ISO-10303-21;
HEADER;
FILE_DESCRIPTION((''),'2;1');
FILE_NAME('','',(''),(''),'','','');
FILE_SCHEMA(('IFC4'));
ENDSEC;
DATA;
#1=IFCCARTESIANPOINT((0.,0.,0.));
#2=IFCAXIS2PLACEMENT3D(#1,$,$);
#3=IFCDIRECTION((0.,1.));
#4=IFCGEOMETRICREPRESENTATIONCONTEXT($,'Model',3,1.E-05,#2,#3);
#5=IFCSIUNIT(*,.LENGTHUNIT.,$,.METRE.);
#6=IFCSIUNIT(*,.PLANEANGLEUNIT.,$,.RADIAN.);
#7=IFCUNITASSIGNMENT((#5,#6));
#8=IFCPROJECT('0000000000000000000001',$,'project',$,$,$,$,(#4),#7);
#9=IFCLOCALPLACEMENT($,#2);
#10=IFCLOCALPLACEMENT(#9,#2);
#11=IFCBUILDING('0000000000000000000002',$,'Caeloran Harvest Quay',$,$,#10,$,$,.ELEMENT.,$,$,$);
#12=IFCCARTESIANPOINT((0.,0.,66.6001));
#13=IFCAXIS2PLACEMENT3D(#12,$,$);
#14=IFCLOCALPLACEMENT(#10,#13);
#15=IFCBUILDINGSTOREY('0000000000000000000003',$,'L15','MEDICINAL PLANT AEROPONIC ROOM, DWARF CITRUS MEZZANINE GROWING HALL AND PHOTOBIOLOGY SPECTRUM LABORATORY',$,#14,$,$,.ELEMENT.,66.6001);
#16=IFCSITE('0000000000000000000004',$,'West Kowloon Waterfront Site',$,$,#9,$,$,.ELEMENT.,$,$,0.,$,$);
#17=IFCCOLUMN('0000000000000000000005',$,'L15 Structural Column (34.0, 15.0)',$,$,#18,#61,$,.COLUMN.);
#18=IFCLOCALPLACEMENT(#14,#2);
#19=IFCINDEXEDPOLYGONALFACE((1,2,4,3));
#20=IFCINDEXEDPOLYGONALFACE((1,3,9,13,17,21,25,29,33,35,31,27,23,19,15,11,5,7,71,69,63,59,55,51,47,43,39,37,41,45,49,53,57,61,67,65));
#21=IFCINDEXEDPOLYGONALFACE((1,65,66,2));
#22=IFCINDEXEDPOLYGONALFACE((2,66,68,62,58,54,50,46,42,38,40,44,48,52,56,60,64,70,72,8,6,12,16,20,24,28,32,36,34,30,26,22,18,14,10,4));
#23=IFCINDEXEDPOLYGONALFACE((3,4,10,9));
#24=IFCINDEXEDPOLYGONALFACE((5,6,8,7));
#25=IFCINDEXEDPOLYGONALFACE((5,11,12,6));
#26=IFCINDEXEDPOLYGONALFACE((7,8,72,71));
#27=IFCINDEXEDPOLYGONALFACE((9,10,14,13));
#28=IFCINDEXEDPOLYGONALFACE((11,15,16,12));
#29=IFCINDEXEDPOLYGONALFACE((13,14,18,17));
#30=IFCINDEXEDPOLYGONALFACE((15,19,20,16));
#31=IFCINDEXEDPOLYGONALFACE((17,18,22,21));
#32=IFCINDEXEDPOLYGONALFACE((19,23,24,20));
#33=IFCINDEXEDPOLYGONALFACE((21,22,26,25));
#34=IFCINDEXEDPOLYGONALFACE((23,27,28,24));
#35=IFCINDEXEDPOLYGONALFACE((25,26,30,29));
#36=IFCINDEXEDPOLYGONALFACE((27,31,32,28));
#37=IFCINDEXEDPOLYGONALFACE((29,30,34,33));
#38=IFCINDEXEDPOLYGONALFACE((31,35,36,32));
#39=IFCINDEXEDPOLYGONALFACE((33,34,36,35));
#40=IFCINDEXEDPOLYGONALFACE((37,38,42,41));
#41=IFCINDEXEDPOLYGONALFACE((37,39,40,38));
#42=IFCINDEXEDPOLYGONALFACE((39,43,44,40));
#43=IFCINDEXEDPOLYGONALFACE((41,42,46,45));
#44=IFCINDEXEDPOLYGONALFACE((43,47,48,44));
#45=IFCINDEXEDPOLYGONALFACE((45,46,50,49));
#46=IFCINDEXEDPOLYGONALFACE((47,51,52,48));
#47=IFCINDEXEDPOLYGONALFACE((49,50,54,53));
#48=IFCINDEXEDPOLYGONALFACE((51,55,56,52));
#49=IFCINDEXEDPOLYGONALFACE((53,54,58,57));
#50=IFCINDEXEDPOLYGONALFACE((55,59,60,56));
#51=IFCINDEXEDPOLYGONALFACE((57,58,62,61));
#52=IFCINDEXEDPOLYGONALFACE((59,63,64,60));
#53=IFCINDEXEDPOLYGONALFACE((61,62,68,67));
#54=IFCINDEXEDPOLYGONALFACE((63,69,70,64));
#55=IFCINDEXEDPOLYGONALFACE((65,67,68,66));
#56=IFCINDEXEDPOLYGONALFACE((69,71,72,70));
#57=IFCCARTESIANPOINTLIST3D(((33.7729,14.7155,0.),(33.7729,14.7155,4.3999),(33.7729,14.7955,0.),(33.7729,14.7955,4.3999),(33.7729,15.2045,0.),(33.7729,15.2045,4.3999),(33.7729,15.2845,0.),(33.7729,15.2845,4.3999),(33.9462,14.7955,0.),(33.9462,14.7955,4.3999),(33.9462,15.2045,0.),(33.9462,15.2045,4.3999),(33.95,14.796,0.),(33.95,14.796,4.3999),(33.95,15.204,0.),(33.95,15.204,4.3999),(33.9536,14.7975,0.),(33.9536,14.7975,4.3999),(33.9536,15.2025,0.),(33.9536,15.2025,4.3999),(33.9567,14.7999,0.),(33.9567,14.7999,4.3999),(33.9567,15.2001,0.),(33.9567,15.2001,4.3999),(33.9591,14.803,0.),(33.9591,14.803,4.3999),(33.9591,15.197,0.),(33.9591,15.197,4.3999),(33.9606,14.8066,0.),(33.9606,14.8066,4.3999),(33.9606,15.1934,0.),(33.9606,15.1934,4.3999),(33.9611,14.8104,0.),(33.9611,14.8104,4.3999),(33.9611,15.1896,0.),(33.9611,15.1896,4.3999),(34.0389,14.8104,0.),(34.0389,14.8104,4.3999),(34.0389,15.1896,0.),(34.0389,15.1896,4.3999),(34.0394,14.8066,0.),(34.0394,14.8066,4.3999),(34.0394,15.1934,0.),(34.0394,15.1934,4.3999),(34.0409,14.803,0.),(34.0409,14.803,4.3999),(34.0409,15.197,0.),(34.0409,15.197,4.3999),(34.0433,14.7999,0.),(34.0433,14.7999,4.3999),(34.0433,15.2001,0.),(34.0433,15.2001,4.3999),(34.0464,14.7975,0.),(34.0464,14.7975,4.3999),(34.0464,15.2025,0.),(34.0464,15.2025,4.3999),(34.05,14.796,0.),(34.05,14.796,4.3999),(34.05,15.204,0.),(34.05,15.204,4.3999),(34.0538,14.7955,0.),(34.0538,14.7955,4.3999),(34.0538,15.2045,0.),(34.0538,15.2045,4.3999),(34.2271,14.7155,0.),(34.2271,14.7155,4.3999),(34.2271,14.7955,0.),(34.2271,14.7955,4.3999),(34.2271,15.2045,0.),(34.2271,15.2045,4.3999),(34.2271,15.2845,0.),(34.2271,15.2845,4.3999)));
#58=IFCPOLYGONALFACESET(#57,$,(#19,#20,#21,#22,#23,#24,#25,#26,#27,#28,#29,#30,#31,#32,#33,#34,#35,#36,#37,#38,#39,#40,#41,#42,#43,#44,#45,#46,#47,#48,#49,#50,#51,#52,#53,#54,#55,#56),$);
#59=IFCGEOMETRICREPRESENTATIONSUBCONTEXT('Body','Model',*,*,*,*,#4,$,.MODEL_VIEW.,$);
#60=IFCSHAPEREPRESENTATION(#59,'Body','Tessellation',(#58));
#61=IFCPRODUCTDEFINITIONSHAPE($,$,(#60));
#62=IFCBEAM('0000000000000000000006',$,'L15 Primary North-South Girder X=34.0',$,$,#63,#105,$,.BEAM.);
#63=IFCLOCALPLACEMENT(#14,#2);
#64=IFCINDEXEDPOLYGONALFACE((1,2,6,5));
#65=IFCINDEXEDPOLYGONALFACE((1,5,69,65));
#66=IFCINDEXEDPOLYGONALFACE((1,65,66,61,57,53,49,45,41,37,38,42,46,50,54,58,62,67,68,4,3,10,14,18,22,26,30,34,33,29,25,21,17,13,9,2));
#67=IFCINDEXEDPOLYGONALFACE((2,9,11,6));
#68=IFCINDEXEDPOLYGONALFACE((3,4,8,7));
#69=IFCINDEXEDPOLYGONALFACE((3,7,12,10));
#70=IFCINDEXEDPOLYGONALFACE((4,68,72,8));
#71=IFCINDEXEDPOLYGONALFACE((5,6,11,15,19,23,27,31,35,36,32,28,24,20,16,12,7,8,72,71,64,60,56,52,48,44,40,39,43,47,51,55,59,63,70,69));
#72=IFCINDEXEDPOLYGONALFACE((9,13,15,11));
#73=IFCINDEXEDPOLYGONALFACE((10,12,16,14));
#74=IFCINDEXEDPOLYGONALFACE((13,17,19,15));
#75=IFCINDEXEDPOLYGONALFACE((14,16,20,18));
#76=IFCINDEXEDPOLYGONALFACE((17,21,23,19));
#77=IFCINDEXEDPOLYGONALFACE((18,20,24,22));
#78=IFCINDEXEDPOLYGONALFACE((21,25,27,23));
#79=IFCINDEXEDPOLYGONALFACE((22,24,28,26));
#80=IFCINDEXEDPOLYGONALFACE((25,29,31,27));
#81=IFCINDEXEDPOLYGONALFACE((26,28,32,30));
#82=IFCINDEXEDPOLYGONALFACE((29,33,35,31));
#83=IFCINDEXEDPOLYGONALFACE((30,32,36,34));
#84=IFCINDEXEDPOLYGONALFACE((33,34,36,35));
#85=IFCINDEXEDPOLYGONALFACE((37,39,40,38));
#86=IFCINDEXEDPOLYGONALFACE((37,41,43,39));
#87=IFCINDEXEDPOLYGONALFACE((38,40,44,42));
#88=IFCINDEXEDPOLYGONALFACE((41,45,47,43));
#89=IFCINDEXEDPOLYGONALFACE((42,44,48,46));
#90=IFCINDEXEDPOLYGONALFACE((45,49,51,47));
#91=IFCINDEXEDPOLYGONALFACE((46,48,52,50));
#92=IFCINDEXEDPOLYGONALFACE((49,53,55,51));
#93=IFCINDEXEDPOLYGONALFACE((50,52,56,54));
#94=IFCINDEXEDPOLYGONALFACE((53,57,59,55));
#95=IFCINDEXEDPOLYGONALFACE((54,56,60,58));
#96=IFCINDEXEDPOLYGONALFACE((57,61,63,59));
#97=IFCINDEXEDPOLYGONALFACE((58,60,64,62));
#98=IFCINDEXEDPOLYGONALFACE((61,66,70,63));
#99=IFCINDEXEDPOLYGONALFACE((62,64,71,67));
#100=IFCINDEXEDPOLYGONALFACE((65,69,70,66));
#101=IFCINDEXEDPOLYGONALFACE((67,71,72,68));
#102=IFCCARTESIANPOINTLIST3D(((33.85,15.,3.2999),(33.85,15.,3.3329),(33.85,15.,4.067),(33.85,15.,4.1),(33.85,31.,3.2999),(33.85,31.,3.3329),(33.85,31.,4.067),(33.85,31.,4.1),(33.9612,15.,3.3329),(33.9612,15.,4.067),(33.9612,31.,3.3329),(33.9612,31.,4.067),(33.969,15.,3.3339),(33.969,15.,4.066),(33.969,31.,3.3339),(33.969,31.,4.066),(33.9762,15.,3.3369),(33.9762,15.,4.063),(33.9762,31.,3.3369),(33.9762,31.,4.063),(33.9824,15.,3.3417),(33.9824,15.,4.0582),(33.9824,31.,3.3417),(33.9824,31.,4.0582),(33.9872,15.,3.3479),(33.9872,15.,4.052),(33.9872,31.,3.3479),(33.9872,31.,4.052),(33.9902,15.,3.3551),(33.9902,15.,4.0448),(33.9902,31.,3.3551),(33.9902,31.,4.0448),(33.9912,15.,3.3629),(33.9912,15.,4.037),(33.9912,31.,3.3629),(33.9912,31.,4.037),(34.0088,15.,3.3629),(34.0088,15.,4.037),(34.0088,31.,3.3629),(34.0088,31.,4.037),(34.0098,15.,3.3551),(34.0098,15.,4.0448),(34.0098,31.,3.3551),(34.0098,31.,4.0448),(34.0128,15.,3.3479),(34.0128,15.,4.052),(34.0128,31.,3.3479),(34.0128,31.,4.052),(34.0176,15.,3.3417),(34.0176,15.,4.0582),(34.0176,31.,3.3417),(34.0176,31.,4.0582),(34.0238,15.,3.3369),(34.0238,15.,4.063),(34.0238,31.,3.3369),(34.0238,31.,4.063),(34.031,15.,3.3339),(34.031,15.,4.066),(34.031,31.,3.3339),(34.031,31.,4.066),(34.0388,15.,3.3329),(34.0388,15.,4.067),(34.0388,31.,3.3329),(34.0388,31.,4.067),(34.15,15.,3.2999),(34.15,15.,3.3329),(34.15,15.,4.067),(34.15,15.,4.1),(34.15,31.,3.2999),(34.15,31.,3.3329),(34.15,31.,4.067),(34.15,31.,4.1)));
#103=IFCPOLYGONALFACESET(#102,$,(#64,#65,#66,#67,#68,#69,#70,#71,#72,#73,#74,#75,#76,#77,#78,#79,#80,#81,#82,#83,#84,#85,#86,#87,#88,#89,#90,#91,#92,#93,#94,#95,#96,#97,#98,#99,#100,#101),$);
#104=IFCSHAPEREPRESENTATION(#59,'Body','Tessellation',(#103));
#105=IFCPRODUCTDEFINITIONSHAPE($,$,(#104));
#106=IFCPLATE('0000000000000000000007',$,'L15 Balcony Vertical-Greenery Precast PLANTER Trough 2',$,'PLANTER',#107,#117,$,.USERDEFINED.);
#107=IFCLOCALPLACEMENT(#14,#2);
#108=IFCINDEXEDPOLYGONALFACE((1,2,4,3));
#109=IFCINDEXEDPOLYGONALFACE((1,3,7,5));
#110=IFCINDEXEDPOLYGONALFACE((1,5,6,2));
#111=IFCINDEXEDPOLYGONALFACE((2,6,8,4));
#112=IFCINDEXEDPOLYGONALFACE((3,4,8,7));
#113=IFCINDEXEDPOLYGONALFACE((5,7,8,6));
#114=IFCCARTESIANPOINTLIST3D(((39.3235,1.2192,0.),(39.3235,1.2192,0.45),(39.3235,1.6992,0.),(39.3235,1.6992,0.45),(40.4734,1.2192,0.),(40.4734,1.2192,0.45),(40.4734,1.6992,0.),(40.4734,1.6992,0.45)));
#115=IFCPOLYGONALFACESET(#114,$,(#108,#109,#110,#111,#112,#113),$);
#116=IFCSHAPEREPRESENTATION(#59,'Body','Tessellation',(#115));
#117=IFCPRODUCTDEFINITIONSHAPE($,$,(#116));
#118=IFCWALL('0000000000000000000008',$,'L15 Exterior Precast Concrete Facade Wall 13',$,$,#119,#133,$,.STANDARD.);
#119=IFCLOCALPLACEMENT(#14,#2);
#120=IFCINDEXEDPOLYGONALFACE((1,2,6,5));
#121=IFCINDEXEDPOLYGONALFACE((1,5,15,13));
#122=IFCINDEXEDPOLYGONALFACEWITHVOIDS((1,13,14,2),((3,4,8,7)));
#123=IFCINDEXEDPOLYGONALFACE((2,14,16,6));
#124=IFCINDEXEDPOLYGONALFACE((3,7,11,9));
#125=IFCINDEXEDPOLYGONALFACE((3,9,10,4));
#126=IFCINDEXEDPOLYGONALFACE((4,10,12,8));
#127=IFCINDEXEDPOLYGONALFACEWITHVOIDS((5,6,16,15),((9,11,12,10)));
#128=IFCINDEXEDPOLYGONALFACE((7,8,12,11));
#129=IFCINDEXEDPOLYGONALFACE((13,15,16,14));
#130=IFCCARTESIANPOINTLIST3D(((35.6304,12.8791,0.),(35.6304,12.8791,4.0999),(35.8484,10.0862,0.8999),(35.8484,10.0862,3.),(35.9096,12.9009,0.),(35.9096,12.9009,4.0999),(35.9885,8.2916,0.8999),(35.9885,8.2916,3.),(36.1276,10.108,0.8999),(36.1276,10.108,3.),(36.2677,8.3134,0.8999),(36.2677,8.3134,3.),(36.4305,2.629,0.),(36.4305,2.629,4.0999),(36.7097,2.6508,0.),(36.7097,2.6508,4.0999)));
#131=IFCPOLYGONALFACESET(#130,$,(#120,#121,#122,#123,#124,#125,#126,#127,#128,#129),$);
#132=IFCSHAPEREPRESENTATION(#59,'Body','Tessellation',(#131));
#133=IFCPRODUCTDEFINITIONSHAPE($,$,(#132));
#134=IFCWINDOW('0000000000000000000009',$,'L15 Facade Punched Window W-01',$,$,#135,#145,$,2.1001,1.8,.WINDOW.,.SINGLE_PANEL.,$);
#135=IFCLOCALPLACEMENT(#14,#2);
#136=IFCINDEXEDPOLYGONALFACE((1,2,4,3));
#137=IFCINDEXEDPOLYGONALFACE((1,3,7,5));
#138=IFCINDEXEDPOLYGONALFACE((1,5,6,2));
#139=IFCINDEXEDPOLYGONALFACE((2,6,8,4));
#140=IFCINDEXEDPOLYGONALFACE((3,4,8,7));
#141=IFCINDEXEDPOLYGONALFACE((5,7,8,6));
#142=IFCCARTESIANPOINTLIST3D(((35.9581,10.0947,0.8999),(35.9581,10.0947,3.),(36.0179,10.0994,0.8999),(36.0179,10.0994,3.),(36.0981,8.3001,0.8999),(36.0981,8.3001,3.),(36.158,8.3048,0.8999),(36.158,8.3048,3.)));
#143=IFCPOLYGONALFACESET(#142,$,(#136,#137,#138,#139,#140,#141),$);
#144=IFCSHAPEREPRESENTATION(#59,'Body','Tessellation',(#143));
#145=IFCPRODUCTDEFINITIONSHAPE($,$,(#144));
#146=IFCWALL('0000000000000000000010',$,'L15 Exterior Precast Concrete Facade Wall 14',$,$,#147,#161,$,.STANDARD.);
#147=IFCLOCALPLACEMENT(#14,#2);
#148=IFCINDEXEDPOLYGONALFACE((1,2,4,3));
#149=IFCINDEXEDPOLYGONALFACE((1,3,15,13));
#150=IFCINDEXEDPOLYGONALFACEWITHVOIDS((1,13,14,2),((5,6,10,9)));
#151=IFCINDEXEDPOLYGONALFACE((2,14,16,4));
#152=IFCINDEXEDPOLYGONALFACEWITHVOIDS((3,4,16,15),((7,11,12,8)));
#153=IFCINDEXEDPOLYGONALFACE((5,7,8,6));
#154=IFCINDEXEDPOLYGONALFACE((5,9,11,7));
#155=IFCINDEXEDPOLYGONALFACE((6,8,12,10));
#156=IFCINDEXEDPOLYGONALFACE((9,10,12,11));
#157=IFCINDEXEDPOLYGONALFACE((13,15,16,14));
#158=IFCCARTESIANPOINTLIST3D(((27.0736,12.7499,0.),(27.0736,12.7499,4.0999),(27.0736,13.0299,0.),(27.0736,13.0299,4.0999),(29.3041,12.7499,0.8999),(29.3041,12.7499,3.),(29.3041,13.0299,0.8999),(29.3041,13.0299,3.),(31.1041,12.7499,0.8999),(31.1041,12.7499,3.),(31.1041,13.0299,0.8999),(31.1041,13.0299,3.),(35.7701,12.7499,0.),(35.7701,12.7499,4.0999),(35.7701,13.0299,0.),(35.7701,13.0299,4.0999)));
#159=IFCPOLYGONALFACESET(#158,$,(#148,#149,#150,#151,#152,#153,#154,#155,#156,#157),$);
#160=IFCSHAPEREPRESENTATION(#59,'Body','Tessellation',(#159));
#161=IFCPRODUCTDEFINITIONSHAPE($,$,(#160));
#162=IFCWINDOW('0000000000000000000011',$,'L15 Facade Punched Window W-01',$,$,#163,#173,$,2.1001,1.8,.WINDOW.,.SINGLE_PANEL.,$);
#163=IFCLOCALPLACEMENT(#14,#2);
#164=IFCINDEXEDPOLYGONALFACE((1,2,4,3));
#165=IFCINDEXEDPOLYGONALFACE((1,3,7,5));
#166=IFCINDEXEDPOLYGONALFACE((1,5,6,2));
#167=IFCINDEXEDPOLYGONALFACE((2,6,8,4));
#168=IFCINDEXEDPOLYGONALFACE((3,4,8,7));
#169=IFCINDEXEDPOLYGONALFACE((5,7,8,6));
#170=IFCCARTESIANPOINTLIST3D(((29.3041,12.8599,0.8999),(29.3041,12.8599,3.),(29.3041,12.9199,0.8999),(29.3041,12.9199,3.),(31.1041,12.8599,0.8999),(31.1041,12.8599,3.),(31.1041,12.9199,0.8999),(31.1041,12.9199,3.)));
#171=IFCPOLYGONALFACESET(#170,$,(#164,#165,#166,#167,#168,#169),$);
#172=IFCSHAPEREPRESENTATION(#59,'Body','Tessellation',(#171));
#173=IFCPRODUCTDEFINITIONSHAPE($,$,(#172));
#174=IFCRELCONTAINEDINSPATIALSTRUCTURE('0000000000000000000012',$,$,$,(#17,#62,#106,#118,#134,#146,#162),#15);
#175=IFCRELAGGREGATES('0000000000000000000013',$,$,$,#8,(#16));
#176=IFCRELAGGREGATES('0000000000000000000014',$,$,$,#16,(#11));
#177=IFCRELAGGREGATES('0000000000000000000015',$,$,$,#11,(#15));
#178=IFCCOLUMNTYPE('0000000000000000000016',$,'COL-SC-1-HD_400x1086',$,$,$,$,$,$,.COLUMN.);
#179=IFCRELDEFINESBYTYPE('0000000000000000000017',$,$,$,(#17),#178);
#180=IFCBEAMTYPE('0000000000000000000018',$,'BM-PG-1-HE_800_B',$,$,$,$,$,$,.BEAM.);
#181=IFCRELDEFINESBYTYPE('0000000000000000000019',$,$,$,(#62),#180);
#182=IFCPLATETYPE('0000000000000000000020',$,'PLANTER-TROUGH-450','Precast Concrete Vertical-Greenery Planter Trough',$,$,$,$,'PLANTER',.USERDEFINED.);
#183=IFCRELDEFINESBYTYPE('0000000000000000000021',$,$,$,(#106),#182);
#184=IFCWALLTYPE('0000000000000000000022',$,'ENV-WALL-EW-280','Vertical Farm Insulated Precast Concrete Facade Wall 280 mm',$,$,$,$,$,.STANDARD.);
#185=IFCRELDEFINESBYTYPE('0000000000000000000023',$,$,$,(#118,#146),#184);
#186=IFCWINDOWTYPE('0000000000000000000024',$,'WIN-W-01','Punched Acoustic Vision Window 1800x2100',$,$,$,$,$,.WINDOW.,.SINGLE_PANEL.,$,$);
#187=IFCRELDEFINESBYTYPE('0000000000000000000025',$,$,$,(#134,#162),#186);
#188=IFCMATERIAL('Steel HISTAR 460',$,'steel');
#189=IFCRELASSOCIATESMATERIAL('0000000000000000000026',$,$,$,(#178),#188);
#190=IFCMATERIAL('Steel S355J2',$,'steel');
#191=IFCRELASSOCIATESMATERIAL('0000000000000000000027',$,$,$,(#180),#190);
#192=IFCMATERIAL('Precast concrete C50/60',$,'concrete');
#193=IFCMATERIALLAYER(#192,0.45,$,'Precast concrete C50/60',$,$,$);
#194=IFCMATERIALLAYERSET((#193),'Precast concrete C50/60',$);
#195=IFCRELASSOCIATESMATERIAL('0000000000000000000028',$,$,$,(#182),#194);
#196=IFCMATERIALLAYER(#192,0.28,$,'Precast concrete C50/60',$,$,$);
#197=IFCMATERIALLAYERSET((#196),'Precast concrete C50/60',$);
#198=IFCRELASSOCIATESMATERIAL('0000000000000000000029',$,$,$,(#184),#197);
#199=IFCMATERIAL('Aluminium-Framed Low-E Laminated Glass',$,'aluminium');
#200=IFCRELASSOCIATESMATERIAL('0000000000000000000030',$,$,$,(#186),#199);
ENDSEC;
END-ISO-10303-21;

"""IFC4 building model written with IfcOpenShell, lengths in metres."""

from ifc_helpers import new_model, si_unit, direction, frame, frame_2d, origin, origin_2d, place, context, subcontext, project, spatial, rectangle, i_section, extrude, material, layer, layer_set, material_profile, profile_set, type_object, element, fill, save


model = new_model("IFC4")

# Units and contexts
model_context = context("Model", 3, precision=1e-05, world=origin(), true_north=direction((0.0, 1.0)))
body_context = subcontext(model_context, "Body", "Model", "MODEL_VIEW")
ifc_project = project(units=[si_unit("LENGTHUNIT", "METRE"), si_unit("PLANEANGLEUNIT", "RADIAN")], contexts=[model_context])

# Site, building, storey
site_placement = place(None, origin())
site = spatial("IfcSite", under=ifc_project, at=site_placement, Name="West Kowloon Waterfront Site", CompositionType="ELEMENT", RefElevation=0.0)
building_placement = place(site_placement, origin())
building = spatial("IfcBuilding", under=site, at=building_placement, Name="Caeloran Harvest Quay", CompositionType="ELEMENT")
storey_placement = place(building_placement, frame((0.0, 0.0, 66.6001)))
storey = spatial("IfcBuildingStorey", under=building, at=storey_placement, Name="L15", Description="MEDICINAL PLANT AEROPONIC ROOM, DWARF CITRUS MEZZANINE GROWING HALL AND PHOTOBIOLOGY SPECTRUM LABORATORY", CompositionType="ELEMENT", Elevation=66.6001)

# Column
ifc_material_1 = material(Name="Steel HISTAR 460", Category="steel")
ifc_material_profile_1 = material_profile(ifc_material_1, i_section(OverallWidth=0.4541, OverallDepth=0.5691, WebThickness=0.0779, FlangeThickness=0.0801, FilletRadius=0.0149, at=origin_2d()), Name="HD 400x1086")
ifc_profile_set_1 = profile_set([ifc_material_profile_1], Name="Steel HISTAR 460")
column_type = type_object("IfcColumnType", Name="COL-SC-1-HD_400x1086", PredefinedType="COLUMN", material=ifc_profile_set_1)
column_placement = place(storey_placement, frame((34.0, 15.0, 0.0), z_axis=(0.0, 0.0, 1.0), x_axis=(1.0, 0.0, 0.0)))
element("IfcColumn", 1, at=column_placement, inside=storey, type_object=column_type, Name="L15 Structural Column (34.0, 15.0)", PredefinedType="COLUMN", context=body_context, shape_type="SweptSolid", body=[
    extrude(i_section(OverallWidth=0.4541, OverallDepth=0.5691, WebThickness=0.0779, FlangeThickness=0.0801, FilletRadius=0.0149, at=origin_2d()), origin(), (0.0, 0.0, 1.0), 4.3999),
])

# Beam
ifc_material_2 = material(Name="Steel S355J2", Category="steel")
ifc_material_profile_2 = material_profile(ifc_material_2, i_section(OverallWidth=0.3, OverallDepth=0.8, WebThickness=0.0176, FlangeThickness=0.033, FilletRadius=0.03, at=origin_2d()), Name="HE 800 B")
ifc_profile_set_2 = profile_set([ifc_material_profile_2], Name="Steel S355J2")
beam_type = type_object("IfcBeamType", Name="BM-PG-1-HE_800_B", PredefinedType="BEAM", material=ifc_profile_set_2)
beam_placement = place(storey_placement, frame((34.0, 15.0, 3.7), z_axis=(0.0, 1.0, 0.0), x_axis=(-1.0, 0.0, 0.0)))
element("IfcBeam", 2, at=beam_placement, inside=storey, type_object=beam_type, Name="L15 Primary North-South Girder X=34.0", PredefinedType="BEAM", context=body_context, shape_type="SweptSolid", body=[
    extrude(i_section(OverallWidth=0.3, OverallDepth=0.8, WebThickness=0.0176, FlangeThickness=0.033, FilletRadius=0.03, at=origin_2d()), origin(), (0.0, 0.0, 1.0), 16.0),
])

# Plate
ifc_material_3 = material(Name="Precast concrete C50/60", Category="concrete")
ifc_layer_1 = layer(ifc_material_3, 0.45, Name="Precast concrete C50/60")
ifc_layer_set_1 = layer_set([ifc_layer_1], Name="Precast concrete C50/60")
plate_type = type_object("IfcPlateType", Name="PLANTER-TROUGH-450", Description="Precast Concrete Vertical-Greenery Planter Trough", ElementType="PLANTER", PredefinedType="USERDEFINED", material=ifc_layer_set_1)
plate_placement = place(storey_placement, frame((39.8984, 1.4592, 0.0), z_axis=(0.0, 0.0, 1.0), x_axis=(1.0, 0.0, 0.0)))
element("IfcPlate", 3, at=plate_placement, inside=storey, type_object=plate_type, Name="L15 Balcony Vertical-Greenery Precast PLANTER Trough 2", ObjectType="PLANTER", PredefinedType="USERDEFINED", context=body_context, shape_type="SweptSolid", body=[
    extrude(rectangle(XDim=1.1499, YDim=0.48, at=origin_2d()), origin(), (0.0, 0.0, 1.0), 0.45),
])

# Walls, openings, windows
ifc_layer_2 = layer(ifc_material_3, 0.28, Name="Precast concrete C50/60")
ifc_layer_set_2 = layer_set([ifc_layer_2], Name="Precast concrete C50/60")
wall_type_1 = type_object("IfcWallType", Name="ENV-WALL-EW-280", Description="Vertical Farm Insulated Precast Concrete Facade Wall 280 mm", PredefinedType="STANDARD", material=ifc_layer_set_2)
wall_1_placement = place(storey_placement, frame((36.5701, 2.6399, 0.0), z_axis=(0.0, 0.0, 1.0), x_axis=(-0.077817, 0.996968, 0.0)))
wall_1 = element("IfcWall", 4, at=wall_1_placement, inside=storey, type_object=wall_type_1, Name="L15 Exterior Precast Concrete Facade Wall 13", PredefinedType="STANDARD", context=body_context, shape_type="SweptSolid", body=[
    extrude(rectangle(XDim=10.2812, YDim=0.28, at=frame_2d((5.1406, 0.0))), origin(), (0.0, 0.0, 1.0), 4.0999),
])
opening_1_placement = place(wall_1_placement, frame((5.6799, 0.0, 0.8999)))
opening_1 = element("IfcOpeningElement", 5, at=opening_1_placement, cuts=wall_1, PredefinedType="OPENING", context=body_context, shape_type="SweptSolid", body=[
    extrude(rectangle(XDim=1.8, YDim=2.1001, at=frame_2d((0.8999, 1.05))), frame((0.0, 0.1499, 0.0), z_axis=(0.0, -1.0, 0.0), x_axis=(1.0, 0.0, 0.0)), (0.0, 0.0, 1.0), 0.3),
])
ifc_material_4 = material(Name="Aluminium-Framed Low-E Laminated Glass", Category="aluminium")
window_type = type_object("IfcWindowType", Name="WIN-W-01", Description="Punched Acoustic Vision Window 1800x2100", PartitioningType="SINGLE_PANEL", PredefinedType="WINDOW", material=ifc_material_4)
window_1_placement = place(opening_1_placement, origin())
window_1 = element("IfcWindow", 6, at=window_1_placement, inside=storey, type_object=window_type, Name="L15 Facade Punched Window W-01", OverallHeight=2.1001, OverallWidth=1.8, PartitioningType="SINGLE_PANEL", PredefinedType="WINDOW", context=body_context, shape_type="SweptSolid", body=[
    extrude(rectangle(XDim=1.8, YDim=2.1001, at=frame_2d((0.8999, 1.05))), frame((0.0, 0.03, 0.0), z_axis=(0.0, -1.0, 0.0), x_axis=(1.0, 0.0, 0.0)), (0.0, 0.0, 1.0), 0.0601),
])
fill(opening_1, window_1)
wall_2_placement = place(storey_placement, frame((35.77, 12.8899, 0.0), z_axis=(0.0, 0.0, 1.0), x_axis=(-1.0, 0.0, 0.0)))
wall_2 = element("IfcWall", 7, at=wall_2_placement, inside=storey, type_object=wall_type_1, Name="L15 Exterior Precast Concrete Facade Wall 14", PredefinedType="STANDARD", context=body_context, shape_type="SweptSolid", body=[
    extrude(rectangle(XDim=8.6965, YDim=0.28, at=frame_2d((4.3481, 0.0))), origin(), (0.0, 0.0, 1.0), 4.0999),
])
opening_2_placement = place(wall_2_placement, frame((4.666, 0.0, 0.8999)))
opening_2 = element("IfcOpeningElement", 8, at=opening_2_placement, cuts=wall_2, PredefinedType="OPENING", context=body_context, shape_type="SweptSolid", body=[
    extrude(rectangle(XDim=1.8, YDim=2.1001, at=frame_2d((0.8999, 1.05))), frame((0.0, 0.1499, 0.0), z_axis=(0.0, -1.0, 0.0), x_axis=(1.0, 0.0, 0.0)), (0.0, 0.0, 1.0), 0.3),
])
window_2_placement = place(opening_2_placement, origin())
window_2 = element("IfcWindow", 9, at=window_2_placement, inside=storey, type_object=window_type, Name="L15 Facade Punched Window W-01", OverallHeight=2.1001, OverallWidth=1.8, PartitioningType="SINGLE_PANEL", PredefinedType="WINDOW", context=body_context, shape_type="SweptSolid", body=[
    extrude(rectangle(XDim=1.8, YDim=2.1001, at=frame_2d((0.8999, 1.05))), frame((0.0, 0.03, 0.0), z_axis=(0.0, -1.0, 0.0), x_axis=(1.0, 0.0, 0.0)), (0.0, 0.0, 1.0), 0.0601),
])
fill(opening_2, window_2)

save(model, "model.ifc")
